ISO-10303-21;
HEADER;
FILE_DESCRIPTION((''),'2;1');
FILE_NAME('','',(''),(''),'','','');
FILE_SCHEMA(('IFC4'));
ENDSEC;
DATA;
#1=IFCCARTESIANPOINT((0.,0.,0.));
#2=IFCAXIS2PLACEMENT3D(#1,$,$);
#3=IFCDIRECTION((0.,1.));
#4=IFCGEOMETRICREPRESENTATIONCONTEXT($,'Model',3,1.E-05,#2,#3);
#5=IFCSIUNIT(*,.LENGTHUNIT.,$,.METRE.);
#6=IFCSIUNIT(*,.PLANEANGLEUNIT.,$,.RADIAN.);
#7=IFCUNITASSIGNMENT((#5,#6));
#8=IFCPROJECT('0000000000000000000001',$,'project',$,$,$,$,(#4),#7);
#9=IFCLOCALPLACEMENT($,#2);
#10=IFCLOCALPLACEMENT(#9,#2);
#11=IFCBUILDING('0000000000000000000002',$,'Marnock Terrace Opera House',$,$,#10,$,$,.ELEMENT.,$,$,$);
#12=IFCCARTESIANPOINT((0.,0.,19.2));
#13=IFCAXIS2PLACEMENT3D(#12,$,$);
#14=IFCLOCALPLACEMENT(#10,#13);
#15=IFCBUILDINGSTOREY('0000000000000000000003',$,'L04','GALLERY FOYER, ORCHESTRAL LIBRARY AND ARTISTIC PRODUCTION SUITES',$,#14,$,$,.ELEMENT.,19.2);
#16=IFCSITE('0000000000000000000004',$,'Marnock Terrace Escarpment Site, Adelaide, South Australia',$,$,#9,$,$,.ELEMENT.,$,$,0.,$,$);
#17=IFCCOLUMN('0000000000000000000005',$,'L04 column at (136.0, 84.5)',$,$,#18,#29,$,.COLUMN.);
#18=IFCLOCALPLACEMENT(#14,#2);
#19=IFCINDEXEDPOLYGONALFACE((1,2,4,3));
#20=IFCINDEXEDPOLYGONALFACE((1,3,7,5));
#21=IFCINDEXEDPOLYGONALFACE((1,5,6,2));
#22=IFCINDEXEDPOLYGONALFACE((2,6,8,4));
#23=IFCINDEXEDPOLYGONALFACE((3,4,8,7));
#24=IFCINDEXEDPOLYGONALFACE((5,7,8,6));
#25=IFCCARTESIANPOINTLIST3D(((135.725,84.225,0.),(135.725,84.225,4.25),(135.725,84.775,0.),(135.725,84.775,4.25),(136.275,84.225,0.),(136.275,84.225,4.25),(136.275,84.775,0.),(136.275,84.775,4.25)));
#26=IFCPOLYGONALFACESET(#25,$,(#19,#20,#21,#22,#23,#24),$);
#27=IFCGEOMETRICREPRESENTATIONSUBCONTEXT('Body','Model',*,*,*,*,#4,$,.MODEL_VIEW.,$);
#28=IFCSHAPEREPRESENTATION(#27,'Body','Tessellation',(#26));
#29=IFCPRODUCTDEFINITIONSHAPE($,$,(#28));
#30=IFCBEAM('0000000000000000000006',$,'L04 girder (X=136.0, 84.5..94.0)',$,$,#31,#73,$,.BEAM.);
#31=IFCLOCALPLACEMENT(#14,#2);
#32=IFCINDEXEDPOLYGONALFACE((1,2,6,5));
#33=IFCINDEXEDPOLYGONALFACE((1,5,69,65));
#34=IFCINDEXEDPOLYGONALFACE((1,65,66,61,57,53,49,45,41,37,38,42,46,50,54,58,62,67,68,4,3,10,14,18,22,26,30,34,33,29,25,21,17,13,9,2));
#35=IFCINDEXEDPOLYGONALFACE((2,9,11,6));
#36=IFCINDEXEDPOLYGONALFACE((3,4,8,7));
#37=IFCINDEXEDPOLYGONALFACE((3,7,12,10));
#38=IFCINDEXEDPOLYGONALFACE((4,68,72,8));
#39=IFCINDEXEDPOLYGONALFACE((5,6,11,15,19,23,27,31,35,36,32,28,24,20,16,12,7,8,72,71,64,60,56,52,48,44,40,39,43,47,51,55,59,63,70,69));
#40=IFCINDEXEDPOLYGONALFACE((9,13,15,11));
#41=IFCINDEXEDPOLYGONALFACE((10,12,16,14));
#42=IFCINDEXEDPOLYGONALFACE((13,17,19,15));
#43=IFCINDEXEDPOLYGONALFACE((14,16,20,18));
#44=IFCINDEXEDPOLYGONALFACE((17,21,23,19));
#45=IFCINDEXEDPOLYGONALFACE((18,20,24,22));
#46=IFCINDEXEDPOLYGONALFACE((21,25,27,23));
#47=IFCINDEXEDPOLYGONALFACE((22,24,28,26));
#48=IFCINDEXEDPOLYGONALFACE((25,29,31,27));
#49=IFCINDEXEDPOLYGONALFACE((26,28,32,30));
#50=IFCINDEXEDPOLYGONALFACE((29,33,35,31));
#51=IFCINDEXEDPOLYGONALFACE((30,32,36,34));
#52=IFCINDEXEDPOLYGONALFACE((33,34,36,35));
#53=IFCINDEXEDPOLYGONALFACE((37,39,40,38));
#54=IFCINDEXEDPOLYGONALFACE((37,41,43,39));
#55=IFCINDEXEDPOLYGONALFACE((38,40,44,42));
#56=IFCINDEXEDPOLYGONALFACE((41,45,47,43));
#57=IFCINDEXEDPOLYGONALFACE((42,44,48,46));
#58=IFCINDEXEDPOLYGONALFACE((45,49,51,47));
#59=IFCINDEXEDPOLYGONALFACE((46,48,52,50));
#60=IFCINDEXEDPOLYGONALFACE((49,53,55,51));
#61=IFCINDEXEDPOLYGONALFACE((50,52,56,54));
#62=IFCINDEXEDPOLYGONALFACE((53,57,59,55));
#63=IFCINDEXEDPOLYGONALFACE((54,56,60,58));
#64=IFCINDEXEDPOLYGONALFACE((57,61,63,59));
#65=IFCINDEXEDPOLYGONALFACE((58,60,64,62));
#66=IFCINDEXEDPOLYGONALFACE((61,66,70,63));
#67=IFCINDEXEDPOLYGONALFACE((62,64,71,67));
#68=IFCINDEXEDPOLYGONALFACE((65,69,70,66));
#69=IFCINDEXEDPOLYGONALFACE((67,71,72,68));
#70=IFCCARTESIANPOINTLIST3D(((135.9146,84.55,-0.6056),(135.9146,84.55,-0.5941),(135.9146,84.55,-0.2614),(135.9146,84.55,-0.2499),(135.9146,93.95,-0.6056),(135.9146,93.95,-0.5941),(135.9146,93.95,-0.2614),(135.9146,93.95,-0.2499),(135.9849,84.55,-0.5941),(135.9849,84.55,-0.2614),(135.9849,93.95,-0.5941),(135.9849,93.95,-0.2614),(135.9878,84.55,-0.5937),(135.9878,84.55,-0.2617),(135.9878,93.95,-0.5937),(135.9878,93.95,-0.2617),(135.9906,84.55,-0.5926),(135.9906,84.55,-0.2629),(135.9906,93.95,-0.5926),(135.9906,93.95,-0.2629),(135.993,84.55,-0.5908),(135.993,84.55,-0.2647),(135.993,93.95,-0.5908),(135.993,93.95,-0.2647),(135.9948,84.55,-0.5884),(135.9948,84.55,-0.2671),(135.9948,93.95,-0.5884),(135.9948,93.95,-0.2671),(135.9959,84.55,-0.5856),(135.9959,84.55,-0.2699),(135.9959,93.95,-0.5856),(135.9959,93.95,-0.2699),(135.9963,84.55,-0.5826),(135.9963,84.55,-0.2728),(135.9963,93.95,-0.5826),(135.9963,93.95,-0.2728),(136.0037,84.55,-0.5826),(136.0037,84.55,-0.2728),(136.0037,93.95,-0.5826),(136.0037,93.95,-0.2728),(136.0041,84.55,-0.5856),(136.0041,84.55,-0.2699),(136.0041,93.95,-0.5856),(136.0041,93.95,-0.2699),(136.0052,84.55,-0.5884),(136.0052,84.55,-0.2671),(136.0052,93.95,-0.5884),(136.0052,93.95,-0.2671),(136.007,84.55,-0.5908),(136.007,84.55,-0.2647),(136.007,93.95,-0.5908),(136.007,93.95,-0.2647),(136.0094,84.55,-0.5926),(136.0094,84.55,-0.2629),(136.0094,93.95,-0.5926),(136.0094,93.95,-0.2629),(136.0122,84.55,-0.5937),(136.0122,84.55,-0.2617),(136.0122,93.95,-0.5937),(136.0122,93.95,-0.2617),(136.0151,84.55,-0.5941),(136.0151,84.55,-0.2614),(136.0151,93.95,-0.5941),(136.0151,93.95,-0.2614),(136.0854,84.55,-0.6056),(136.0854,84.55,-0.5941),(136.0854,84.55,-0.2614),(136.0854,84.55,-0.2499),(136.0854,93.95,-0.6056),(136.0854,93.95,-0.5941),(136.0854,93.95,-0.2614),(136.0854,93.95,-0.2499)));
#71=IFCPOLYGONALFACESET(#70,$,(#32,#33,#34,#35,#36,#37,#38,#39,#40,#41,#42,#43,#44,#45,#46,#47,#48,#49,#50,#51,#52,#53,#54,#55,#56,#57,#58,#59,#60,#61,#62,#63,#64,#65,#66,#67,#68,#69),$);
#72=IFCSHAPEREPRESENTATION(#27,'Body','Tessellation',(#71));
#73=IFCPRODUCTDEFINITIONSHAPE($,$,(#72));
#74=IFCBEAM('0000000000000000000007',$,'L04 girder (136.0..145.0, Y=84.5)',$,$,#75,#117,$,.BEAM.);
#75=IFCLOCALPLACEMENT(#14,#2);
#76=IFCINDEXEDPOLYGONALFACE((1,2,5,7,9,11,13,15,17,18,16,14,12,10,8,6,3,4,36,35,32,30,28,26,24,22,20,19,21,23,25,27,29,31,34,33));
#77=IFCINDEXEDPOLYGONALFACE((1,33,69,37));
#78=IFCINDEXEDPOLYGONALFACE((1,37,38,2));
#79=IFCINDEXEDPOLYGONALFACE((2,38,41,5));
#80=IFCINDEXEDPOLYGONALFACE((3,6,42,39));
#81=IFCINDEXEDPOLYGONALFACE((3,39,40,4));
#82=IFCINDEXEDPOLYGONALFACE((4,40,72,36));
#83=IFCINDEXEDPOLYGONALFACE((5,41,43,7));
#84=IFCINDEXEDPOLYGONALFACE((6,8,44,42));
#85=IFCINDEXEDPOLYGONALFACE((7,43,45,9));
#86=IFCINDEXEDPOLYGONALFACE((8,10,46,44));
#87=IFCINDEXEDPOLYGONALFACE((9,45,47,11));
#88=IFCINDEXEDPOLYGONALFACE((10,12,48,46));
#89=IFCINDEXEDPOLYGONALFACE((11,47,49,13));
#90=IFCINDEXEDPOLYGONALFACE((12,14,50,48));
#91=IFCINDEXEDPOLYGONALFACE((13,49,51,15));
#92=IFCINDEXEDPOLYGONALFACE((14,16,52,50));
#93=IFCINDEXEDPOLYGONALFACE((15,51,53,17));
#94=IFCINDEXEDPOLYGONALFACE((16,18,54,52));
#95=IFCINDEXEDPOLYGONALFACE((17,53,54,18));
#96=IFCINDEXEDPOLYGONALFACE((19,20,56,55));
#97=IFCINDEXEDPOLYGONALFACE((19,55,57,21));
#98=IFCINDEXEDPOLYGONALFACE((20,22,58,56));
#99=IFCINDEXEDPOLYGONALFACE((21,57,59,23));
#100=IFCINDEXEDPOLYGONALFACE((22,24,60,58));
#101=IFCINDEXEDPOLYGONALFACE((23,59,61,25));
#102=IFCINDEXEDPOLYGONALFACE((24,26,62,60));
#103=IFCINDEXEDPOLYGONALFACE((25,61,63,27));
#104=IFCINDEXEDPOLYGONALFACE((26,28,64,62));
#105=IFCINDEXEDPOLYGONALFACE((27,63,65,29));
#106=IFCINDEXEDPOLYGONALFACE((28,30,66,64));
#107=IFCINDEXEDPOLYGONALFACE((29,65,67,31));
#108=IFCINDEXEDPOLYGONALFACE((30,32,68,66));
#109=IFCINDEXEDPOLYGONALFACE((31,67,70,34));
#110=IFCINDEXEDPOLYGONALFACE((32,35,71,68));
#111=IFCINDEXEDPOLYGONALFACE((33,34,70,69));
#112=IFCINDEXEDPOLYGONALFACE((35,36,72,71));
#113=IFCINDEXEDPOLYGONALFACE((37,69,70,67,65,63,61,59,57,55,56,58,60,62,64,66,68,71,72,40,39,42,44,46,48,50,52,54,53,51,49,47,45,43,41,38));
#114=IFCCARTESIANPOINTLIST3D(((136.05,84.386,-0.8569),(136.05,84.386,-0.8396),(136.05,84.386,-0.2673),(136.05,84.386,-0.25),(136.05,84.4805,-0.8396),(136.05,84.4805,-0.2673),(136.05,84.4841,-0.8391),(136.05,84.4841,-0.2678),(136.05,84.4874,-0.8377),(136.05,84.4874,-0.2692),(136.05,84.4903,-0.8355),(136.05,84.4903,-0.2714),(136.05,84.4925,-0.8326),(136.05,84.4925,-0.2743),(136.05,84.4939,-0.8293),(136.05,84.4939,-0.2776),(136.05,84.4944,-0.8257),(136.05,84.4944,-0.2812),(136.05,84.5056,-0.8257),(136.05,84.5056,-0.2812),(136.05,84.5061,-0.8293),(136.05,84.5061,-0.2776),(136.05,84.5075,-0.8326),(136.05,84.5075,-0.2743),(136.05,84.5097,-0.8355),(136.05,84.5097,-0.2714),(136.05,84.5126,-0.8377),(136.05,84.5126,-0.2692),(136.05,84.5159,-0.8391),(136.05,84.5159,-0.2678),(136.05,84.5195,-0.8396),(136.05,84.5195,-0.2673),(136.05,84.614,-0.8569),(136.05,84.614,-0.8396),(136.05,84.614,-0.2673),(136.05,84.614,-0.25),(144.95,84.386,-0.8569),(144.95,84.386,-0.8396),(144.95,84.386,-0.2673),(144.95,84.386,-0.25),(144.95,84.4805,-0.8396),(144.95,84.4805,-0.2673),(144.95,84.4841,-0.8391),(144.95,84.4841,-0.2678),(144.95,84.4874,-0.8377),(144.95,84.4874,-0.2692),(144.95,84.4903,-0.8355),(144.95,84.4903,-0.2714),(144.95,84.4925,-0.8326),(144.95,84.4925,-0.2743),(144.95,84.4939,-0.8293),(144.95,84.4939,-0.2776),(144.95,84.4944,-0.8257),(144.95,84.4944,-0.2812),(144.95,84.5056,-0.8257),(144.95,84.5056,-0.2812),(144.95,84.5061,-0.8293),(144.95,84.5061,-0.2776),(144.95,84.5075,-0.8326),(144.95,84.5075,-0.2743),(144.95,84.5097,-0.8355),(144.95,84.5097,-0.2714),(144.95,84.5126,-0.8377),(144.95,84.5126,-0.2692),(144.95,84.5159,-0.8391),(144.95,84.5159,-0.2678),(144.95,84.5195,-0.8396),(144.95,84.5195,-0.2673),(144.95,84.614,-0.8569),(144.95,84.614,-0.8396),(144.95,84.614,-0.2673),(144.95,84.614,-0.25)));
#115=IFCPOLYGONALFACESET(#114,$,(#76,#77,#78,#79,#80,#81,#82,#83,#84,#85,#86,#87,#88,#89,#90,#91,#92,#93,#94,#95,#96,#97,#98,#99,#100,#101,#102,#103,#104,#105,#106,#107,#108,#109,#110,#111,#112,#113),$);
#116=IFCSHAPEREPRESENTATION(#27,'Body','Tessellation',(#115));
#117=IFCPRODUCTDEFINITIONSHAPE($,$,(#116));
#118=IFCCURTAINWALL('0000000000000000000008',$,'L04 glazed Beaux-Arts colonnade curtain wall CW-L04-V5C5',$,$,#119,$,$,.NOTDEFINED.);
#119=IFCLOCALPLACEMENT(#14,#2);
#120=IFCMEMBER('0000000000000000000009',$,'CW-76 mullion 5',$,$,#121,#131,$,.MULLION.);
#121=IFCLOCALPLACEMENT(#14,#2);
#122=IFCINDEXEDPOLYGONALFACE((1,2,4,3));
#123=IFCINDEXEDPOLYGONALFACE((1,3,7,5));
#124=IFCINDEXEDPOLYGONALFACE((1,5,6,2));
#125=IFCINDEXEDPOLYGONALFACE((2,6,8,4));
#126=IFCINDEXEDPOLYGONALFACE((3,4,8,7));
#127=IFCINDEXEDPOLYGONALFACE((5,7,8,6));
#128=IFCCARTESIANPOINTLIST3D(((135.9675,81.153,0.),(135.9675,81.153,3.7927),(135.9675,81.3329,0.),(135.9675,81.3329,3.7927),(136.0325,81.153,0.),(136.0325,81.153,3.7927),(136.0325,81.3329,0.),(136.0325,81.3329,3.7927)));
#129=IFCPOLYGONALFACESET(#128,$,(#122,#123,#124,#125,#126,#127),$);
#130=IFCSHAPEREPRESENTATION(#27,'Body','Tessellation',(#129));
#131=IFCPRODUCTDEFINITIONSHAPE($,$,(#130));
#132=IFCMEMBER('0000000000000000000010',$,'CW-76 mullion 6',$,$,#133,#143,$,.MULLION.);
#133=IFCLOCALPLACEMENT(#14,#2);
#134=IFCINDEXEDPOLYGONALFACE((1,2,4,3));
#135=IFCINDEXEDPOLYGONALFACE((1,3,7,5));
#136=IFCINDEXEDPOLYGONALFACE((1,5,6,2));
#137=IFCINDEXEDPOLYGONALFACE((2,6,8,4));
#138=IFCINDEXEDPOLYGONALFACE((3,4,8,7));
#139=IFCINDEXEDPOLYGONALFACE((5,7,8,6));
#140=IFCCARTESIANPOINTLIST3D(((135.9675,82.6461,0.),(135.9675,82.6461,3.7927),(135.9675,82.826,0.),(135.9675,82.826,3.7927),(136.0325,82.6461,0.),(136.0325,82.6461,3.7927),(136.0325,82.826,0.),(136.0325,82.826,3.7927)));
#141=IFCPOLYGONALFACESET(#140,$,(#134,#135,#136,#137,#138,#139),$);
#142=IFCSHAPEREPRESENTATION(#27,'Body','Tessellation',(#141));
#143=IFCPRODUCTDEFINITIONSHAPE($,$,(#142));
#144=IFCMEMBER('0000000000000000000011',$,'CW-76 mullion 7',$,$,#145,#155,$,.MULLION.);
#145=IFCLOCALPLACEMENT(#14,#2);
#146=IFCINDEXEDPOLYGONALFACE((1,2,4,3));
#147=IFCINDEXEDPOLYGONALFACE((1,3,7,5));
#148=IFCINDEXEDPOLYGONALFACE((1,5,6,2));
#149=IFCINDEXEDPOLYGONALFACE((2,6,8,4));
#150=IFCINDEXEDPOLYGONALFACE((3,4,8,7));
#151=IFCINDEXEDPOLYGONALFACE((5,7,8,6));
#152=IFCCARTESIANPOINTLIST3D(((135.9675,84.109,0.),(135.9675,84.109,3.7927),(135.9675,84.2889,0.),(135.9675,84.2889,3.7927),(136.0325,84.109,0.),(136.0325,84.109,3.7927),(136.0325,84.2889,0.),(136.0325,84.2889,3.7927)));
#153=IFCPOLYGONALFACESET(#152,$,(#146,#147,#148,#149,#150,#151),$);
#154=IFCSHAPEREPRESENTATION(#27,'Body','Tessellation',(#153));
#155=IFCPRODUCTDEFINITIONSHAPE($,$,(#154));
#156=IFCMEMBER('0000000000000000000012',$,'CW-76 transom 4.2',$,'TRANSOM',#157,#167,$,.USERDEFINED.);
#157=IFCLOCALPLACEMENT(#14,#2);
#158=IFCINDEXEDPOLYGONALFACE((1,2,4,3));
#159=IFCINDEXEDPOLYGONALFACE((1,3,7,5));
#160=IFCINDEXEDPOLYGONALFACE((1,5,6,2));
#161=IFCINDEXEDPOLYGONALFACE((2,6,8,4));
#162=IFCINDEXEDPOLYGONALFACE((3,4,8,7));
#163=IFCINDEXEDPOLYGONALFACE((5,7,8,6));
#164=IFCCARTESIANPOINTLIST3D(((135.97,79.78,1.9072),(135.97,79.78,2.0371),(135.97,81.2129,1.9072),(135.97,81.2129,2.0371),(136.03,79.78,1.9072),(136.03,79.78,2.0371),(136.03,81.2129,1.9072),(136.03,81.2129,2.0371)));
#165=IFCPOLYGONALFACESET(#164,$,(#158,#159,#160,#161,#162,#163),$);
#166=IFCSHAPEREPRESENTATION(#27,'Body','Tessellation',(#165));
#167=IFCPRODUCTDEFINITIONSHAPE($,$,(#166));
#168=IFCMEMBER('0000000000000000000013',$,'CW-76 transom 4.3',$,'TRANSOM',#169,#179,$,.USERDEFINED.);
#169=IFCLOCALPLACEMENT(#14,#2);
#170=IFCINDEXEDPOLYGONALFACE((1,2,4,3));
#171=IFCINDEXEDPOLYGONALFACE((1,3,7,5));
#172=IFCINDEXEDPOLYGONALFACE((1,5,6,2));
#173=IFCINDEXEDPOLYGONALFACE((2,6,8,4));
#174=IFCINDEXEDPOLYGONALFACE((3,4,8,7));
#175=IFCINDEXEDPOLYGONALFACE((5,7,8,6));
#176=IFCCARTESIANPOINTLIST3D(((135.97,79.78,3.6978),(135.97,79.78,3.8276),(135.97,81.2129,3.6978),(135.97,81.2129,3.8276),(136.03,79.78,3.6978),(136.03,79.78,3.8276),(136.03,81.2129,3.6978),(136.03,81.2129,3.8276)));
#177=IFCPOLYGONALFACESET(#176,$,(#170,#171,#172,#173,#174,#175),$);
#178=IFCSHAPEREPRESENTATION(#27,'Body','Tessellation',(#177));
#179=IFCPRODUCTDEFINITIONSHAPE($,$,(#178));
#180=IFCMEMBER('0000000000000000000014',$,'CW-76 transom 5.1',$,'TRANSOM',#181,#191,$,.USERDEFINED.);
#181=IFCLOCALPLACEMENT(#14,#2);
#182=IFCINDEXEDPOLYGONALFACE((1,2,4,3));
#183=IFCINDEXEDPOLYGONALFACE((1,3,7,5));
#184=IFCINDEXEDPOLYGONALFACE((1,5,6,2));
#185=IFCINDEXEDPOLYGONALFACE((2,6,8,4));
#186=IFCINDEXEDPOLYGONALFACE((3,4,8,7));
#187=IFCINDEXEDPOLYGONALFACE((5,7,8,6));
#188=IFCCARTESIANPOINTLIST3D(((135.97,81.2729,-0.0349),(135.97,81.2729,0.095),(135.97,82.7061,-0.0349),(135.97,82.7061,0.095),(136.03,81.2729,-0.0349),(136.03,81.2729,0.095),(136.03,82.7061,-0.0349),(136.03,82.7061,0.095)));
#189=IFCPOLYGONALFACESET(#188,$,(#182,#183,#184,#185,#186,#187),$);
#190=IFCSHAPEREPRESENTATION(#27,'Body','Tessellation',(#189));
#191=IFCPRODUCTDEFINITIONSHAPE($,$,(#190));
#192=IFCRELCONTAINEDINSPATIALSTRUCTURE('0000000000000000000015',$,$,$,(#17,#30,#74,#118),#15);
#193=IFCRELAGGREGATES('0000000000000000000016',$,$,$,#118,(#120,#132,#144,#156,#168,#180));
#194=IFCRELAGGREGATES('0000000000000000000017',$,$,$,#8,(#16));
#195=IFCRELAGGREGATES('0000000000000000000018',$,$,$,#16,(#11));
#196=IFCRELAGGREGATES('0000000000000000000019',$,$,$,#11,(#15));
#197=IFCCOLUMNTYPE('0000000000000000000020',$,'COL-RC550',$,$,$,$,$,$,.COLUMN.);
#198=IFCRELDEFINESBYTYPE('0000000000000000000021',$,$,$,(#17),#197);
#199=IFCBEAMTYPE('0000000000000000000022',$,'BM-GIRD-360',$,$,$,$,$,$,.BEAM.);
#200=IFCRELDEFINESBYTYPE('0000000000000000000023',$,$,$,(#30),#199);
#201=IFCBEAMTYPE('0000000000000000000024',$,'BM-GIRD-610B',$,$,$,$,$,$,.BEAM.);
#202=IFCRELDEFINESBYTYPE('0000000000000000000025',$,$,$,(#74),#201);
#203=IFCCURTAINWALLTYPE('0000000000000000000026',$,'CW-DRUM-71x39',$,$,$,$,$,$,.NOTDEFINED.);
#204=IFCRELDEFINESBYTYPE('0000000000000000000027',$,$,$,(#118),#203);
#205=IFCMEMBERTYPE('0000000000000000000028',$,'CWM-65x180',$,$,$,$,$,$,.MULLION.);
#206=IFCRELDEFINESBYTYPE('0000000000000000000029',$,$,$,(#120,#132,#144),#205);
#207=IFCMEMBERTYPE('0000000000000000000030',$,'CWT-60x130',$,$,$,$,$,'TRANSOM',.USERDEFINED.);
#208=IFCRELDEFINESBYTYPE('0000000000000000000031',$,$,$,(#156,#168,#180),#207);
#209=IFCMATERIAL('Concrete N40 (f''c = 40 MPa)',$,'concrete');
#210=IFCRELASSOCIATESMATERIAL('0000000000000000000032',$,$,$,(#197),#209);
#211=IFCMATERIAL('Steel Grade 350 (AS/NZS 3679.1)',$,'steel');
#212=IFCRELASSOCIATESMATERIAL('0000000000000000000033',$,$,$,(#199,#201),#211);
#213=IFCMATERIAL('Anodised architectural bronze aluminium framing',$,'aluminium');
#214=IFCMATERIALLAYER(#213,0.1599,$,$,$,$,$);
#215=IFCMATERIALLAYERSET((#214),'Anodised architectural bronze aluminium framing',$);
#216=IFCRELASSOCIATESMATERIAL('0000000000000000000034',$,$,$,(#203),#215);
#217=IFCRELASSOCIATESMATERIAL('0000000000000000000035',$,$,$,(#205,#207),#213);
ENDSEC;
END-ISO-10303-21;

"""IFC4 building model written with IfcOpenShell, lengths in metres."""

from ifc_helpers import new_model, si_unit, direction, frame, origin, origin_2d, place, context, subcontext, project, spatial, rectangle, i_section, extrude, material, layer, layer_set, material_profile, profile_set, type_object, element, aggregate, save


model = new_model("IFC4")

# Units and contexts
model_context = context("Model", 3, precision=1e-05, world=origin(), true_north=direction((0.0, 1.0)))
body_context = subcontext(model_context, "Body", "Model", "MODEL_VIEW")
ifc_project = project(units=[si_unit("LENGTHUNIT", "METRE"), si_unit("PLANEANGLEUNIT", "RADIAN")], contexts=[model_context])

# Site, building, storey
site_placement = place(None, origin())
site = spatial("IfcSite", under=ifc_project, at=site_placement, Name="Marnock Terrace Escarpment Site, Adelaide, South Australia", CompositionType="ELEMENT", RefElevation=0.0)
building_placement = place(site_placement, origin())
building = spatial("IfcBuilding", under=site, at=building_placement, Name="Marnock Terrace Opera House", CompositionType="ELEMENT")
storey_placement = place(building_placement, frame((0.0, 0.0, 19.2)))
storey = spatial("IfcBuildingStorey", under=building, at=storey_placement, Name="L04", Description="GALLERY FOYER, ORCHESTRAL LIBRARY AND ARTISTIC PRODUCTION SUITES", CompositionType="ELEMENT", Elevation=19.2)

# Column
ifc_material_1 = material(Name="Concrete N40 (f'c = 40 MPa)", Category="concrete")
ifc_material_profile_1 = material_profile(ifc_material_1, rectangle(XDim=0.55, YDim=0.55, at=origin_2d()))
ifc_profile_set_1 = profile_set([ifc_material_profile_1], Name="Concrete N40 (f'c = 40 MPa)")
column_type = type_object("IfcColumnType", Name="COL-RC550", PredefinedType="COLUMN", material=ifc_profile_set_1)
column_placement = place(storey_placement, frame((136.0, 84.5, 0.0), z_axis=(0.0, 0.0, 1.0), x_axis=(1.0, 0.0, 0.0)))
element("IfcColumn", 1, at=column_placement, inside=storey, type_object=column_type, Name="L04 column at (136.0, 84.5)", PredefinedType="COLUMN", context=body_context, shape_type="SweptSolid", body=[
    extrude(rectangle(XDim=0.55, YDim=0.55, at=origin_2d()), origin(), (0.0, 0.0, 1.0), 4.25),
])

# Beams
ifc_material_2 = material(Name="Steel Grade 350 (AS/NZS 3679.1)", Category="steel")
ifc_material_profile_2 = material_profile(ifc_material_2, i_section(OverallWidth=0.1709, OverallDepth=0.3557, WebThickness=0.0073, FlangeThickness=0.0115, FilletRadius=0.0115, at=origin_2d()))
ifc_profile_set_2 = profile_set([ifc_material_profile_2], Name="Steel Grade 350 (AS/NZS 3679.1)")
beam_type_1 = type_object("IfcBeamType", Name="BM-GIRD-360", PredefinedType="BEAM", material=ifc_profile_set_2)
beam_1_placement = place(storey_placement, frame((136.0, 84.55, -0.4277), z_axis=(0.0, 1.0, 0.0), x_axis=(-1.0, 0.0, 0.0)))
element("IfcBeam", 2, at=beam_1_placement, inside=storey, type_object=beam_type_1, Name="L04 girder (X=136.0, 84.5..94.0)", PredefinedType="BEAM", context=body_context, shape_type="SweptSolid", body=[
    extrude(i_section(OverallWidth=0.1709, OverallDepth=0.3557, WebThickness=0.0073, FlangeThickness=0.0115, FilletRadius=0.0115, at=origin_2d()), origin(), (0.0, 0.0, 1.0), 9.3999),
])
ifc_material_profile_3 = material_profile(ifc_material_2, i_section(OverallWidth=0.228, OverallDepth=0.6069, WebThickness=0.0112, FlangeThickness=0.0173, FilletRadius=0.0139, at=origin_2d()))
ifc_profile_set_3 = profile_set([ifc_material_profile_3], Name="Steel Grade 350 (AS/NZS 3679.1)")
beam_type_2 = type_object("IfcBeamType", Name="BM-GIRD-610B", PredefinedType="BEAM", material=ifc_profile_set_3)
beam_2_placement = place(storey_placement, frame((136.05, 84.5, -0.5535), z_axis=(1.0, 0.0, 0.0), x_axis=(0.0, 1.0, 0.0)))
element("IfcBeam", 3, at=beam_2_placement, inside=storey, type_object=beam_type_2, Name="L04 girder (136.0..145.0, Y=84.5)", PredefinedType="BEAM", context=body_context, shape_type="SweptSolid", body=[
    extrude(i_section(OverallWidth=0.228, OverallDepth=0.6069, WebThickness=0.0112, FlangeThickness=0.0173, FilletRadius=0.0139, at=origin_2d()), origin(), (0.0, 0.0, 1.0), 8.8999),
])

# Curtain wall, members
ifc_material_3 = material(Name="Anodised architectural bronze aluminium framing", Category="aluminium")
ifc_layer_1 = layer(ifc_material_3, 0.1599)
ifc_layer_set_1 = layer_set([ifc_layer_1], Name="Anodised architectural bronze aluminium framing")
curtain_wall_type = type_object("IfcCurtainWallType", Name="CW-DRUM-71x39", PredefinedType="NOTDEFINED", material=ifc_layer_set_1)
curtain_wall_placement = place(storey_placement, origin())
curtain_wall = element("IfcCurtainWall", 4, at=curtain_wall_placement, inside=storey, type_object=curtain_wall_type, Name="L04 glazed Beaux-Arts colonnade curtain wall CW-L04-V5C5", PredefinedType="NOTDEFINED")
ifc_material_profile_4 = material_profile(ifc_material_3, rectangle(XDim=0.0649, YDim=0.1799, at=origin_2d()))
ifc_profile_set_4 = profile_set([ifc_material_profile_4], Name="Anodised architectural bronze aluminium framing")
member_type_1 = type_object("IfcMemberType", Name="CWM-65x180", PredefinedType="MULLION", material=ifc_profile_set_4)
member_1_placement = place(storey_placement, frame((136.0, 81.2429, 0.0), z_axis=(0.0, 0.0, 1.0), x_axis=(-1.0, 0.0, 0.0)))
member_1 = element("IfcMember", 5, at=member_1_placement, type_object=member_type_1, Name="CW-76 mullion 5", PredefinedType="MULLION", context=body_context, shape_type="SweptSolid", body=[
    extrude(rectangle(XDim=0.0649, YDim=0.1799, at=origin_2d()), origin(), (0.0, 0.0, 1.0), 3.7927),
])
member_2_placement = place(storey_placement, frame((136.0, 82.7361, 0.0), z_axis=(0.0, 0.0, 1.0), x_axis=(-1.0, 0.0, 0.0)))
member_2 = element("IfcMember", 6, at=member_2_placement, type_object=member_type_1, Name="CW-76 mullion 6", PredefinedType="MULLION", context=body_context, shape_type="SweptSolid", body=[
    extrude(rectangle(XDim=0.0649, YDim=0.1799, at=origin_2d()), origin(), (0.0, 0.0, 1.0), 3.7927),
])
member_3_placement = place(storey_placement, frame((136.0, 84.199, 0.0), z_axis=(0.0, 0.0, 1.0), x_axis=(-1.0, 0.0, 0.0)))
member_3 = element("IfcMember", 7, at=member_3_placement, type_object=member_type_1, Name="CW-76 mullion 7", PredefinedType="MULLION", context=body_context, shape_type="SweptSolid", body=[
    extrude(rectangle(XDim=0.0649, YDim=0.1799, at=origin_2d()), origin(), (0.0, 0.0, 1.0), 3.7927),
])
ifc_material_profile_5 = material_profile(ifc_material_3, rectangle(XDim=0.0601, YDim=0.1299, at=origin_2d()))
ifc_profile_set_5 = profile_set([ifc_material_profile_5], Name="Anodised architectural bronze aluminium framing")
member_type_2 = type_object("IfcMemberType", Name="CWT-60x130", ElementType="TRANSOM", PredefinedType="USERDEFINED", material=ifc_profile_set_5)
member_4_placement = place(storey_placement, frame((136.0, 79.78, 1.9722), z_axis=(0.0, 1.0, 0.0), x_axis=(-1.0, 0.0, 0.0)))
member_4 = element("IfcMember", 8, at=member_4_placement, type_object=member_type_2, Name="CW-76 transom 4.2", ObjectType="TRANSOM", PredefinedType="USERDEFINED", context=body_context, shape_type="SweptSolid", body=[
    extrude(rectangle(XDim=0.0601, YDim=0.1299, at=origin_2d()), origin(), (0.0, 0.0, 1.0), 1.4329),
])
member_5_placement = place(storey_placement, frame((136.0, 79.78, 3.7627), z_axis=(0.0, 1.0, 0.0), x_axis=(-1.0, 0.0, 0.0)))
member_5 = element("IfcMember", 9, at=member_5_placement, type_object=member_type_2, Name="CW-76 transom 4.3", ObjectType="TRANSOM", PredefinedType="USERDEFINED", context=body_context, shape_type="SweptSolid", body=[
    extrude(rectangle(XDim=0.0601, YDim=0.1299, at=origin_2d()), origin(), (0.0, 0.0, 1.0), 1.4329),
])
member_6_placement = place(storey_placement, frame((136.0, 81.2729, 0.03), z_axis=(0.0, 1.0, 0.0), x_axis=(-1.0, 0.0, 0.0)))
member_6 = element("IfcMember", 10, at=member_6_placement, type_object=member_type_2, Name="CW-76 transom 5.1", ObjectType="TRANSOM", PredefinedType="USERDEFINED", context=body_context, shape_type="SweptSolid", body=[
    extrude(rectangle(XDim=0.0601, YDim=0.1299, at=origin_2d()), origin(), (0.0, 0.0, 1.0), 1.4331),
])
aggregate(curtain_wall, [member_1, member_2, member_3, member_4, member_5, member_6])

save(model, "model.ifc")
